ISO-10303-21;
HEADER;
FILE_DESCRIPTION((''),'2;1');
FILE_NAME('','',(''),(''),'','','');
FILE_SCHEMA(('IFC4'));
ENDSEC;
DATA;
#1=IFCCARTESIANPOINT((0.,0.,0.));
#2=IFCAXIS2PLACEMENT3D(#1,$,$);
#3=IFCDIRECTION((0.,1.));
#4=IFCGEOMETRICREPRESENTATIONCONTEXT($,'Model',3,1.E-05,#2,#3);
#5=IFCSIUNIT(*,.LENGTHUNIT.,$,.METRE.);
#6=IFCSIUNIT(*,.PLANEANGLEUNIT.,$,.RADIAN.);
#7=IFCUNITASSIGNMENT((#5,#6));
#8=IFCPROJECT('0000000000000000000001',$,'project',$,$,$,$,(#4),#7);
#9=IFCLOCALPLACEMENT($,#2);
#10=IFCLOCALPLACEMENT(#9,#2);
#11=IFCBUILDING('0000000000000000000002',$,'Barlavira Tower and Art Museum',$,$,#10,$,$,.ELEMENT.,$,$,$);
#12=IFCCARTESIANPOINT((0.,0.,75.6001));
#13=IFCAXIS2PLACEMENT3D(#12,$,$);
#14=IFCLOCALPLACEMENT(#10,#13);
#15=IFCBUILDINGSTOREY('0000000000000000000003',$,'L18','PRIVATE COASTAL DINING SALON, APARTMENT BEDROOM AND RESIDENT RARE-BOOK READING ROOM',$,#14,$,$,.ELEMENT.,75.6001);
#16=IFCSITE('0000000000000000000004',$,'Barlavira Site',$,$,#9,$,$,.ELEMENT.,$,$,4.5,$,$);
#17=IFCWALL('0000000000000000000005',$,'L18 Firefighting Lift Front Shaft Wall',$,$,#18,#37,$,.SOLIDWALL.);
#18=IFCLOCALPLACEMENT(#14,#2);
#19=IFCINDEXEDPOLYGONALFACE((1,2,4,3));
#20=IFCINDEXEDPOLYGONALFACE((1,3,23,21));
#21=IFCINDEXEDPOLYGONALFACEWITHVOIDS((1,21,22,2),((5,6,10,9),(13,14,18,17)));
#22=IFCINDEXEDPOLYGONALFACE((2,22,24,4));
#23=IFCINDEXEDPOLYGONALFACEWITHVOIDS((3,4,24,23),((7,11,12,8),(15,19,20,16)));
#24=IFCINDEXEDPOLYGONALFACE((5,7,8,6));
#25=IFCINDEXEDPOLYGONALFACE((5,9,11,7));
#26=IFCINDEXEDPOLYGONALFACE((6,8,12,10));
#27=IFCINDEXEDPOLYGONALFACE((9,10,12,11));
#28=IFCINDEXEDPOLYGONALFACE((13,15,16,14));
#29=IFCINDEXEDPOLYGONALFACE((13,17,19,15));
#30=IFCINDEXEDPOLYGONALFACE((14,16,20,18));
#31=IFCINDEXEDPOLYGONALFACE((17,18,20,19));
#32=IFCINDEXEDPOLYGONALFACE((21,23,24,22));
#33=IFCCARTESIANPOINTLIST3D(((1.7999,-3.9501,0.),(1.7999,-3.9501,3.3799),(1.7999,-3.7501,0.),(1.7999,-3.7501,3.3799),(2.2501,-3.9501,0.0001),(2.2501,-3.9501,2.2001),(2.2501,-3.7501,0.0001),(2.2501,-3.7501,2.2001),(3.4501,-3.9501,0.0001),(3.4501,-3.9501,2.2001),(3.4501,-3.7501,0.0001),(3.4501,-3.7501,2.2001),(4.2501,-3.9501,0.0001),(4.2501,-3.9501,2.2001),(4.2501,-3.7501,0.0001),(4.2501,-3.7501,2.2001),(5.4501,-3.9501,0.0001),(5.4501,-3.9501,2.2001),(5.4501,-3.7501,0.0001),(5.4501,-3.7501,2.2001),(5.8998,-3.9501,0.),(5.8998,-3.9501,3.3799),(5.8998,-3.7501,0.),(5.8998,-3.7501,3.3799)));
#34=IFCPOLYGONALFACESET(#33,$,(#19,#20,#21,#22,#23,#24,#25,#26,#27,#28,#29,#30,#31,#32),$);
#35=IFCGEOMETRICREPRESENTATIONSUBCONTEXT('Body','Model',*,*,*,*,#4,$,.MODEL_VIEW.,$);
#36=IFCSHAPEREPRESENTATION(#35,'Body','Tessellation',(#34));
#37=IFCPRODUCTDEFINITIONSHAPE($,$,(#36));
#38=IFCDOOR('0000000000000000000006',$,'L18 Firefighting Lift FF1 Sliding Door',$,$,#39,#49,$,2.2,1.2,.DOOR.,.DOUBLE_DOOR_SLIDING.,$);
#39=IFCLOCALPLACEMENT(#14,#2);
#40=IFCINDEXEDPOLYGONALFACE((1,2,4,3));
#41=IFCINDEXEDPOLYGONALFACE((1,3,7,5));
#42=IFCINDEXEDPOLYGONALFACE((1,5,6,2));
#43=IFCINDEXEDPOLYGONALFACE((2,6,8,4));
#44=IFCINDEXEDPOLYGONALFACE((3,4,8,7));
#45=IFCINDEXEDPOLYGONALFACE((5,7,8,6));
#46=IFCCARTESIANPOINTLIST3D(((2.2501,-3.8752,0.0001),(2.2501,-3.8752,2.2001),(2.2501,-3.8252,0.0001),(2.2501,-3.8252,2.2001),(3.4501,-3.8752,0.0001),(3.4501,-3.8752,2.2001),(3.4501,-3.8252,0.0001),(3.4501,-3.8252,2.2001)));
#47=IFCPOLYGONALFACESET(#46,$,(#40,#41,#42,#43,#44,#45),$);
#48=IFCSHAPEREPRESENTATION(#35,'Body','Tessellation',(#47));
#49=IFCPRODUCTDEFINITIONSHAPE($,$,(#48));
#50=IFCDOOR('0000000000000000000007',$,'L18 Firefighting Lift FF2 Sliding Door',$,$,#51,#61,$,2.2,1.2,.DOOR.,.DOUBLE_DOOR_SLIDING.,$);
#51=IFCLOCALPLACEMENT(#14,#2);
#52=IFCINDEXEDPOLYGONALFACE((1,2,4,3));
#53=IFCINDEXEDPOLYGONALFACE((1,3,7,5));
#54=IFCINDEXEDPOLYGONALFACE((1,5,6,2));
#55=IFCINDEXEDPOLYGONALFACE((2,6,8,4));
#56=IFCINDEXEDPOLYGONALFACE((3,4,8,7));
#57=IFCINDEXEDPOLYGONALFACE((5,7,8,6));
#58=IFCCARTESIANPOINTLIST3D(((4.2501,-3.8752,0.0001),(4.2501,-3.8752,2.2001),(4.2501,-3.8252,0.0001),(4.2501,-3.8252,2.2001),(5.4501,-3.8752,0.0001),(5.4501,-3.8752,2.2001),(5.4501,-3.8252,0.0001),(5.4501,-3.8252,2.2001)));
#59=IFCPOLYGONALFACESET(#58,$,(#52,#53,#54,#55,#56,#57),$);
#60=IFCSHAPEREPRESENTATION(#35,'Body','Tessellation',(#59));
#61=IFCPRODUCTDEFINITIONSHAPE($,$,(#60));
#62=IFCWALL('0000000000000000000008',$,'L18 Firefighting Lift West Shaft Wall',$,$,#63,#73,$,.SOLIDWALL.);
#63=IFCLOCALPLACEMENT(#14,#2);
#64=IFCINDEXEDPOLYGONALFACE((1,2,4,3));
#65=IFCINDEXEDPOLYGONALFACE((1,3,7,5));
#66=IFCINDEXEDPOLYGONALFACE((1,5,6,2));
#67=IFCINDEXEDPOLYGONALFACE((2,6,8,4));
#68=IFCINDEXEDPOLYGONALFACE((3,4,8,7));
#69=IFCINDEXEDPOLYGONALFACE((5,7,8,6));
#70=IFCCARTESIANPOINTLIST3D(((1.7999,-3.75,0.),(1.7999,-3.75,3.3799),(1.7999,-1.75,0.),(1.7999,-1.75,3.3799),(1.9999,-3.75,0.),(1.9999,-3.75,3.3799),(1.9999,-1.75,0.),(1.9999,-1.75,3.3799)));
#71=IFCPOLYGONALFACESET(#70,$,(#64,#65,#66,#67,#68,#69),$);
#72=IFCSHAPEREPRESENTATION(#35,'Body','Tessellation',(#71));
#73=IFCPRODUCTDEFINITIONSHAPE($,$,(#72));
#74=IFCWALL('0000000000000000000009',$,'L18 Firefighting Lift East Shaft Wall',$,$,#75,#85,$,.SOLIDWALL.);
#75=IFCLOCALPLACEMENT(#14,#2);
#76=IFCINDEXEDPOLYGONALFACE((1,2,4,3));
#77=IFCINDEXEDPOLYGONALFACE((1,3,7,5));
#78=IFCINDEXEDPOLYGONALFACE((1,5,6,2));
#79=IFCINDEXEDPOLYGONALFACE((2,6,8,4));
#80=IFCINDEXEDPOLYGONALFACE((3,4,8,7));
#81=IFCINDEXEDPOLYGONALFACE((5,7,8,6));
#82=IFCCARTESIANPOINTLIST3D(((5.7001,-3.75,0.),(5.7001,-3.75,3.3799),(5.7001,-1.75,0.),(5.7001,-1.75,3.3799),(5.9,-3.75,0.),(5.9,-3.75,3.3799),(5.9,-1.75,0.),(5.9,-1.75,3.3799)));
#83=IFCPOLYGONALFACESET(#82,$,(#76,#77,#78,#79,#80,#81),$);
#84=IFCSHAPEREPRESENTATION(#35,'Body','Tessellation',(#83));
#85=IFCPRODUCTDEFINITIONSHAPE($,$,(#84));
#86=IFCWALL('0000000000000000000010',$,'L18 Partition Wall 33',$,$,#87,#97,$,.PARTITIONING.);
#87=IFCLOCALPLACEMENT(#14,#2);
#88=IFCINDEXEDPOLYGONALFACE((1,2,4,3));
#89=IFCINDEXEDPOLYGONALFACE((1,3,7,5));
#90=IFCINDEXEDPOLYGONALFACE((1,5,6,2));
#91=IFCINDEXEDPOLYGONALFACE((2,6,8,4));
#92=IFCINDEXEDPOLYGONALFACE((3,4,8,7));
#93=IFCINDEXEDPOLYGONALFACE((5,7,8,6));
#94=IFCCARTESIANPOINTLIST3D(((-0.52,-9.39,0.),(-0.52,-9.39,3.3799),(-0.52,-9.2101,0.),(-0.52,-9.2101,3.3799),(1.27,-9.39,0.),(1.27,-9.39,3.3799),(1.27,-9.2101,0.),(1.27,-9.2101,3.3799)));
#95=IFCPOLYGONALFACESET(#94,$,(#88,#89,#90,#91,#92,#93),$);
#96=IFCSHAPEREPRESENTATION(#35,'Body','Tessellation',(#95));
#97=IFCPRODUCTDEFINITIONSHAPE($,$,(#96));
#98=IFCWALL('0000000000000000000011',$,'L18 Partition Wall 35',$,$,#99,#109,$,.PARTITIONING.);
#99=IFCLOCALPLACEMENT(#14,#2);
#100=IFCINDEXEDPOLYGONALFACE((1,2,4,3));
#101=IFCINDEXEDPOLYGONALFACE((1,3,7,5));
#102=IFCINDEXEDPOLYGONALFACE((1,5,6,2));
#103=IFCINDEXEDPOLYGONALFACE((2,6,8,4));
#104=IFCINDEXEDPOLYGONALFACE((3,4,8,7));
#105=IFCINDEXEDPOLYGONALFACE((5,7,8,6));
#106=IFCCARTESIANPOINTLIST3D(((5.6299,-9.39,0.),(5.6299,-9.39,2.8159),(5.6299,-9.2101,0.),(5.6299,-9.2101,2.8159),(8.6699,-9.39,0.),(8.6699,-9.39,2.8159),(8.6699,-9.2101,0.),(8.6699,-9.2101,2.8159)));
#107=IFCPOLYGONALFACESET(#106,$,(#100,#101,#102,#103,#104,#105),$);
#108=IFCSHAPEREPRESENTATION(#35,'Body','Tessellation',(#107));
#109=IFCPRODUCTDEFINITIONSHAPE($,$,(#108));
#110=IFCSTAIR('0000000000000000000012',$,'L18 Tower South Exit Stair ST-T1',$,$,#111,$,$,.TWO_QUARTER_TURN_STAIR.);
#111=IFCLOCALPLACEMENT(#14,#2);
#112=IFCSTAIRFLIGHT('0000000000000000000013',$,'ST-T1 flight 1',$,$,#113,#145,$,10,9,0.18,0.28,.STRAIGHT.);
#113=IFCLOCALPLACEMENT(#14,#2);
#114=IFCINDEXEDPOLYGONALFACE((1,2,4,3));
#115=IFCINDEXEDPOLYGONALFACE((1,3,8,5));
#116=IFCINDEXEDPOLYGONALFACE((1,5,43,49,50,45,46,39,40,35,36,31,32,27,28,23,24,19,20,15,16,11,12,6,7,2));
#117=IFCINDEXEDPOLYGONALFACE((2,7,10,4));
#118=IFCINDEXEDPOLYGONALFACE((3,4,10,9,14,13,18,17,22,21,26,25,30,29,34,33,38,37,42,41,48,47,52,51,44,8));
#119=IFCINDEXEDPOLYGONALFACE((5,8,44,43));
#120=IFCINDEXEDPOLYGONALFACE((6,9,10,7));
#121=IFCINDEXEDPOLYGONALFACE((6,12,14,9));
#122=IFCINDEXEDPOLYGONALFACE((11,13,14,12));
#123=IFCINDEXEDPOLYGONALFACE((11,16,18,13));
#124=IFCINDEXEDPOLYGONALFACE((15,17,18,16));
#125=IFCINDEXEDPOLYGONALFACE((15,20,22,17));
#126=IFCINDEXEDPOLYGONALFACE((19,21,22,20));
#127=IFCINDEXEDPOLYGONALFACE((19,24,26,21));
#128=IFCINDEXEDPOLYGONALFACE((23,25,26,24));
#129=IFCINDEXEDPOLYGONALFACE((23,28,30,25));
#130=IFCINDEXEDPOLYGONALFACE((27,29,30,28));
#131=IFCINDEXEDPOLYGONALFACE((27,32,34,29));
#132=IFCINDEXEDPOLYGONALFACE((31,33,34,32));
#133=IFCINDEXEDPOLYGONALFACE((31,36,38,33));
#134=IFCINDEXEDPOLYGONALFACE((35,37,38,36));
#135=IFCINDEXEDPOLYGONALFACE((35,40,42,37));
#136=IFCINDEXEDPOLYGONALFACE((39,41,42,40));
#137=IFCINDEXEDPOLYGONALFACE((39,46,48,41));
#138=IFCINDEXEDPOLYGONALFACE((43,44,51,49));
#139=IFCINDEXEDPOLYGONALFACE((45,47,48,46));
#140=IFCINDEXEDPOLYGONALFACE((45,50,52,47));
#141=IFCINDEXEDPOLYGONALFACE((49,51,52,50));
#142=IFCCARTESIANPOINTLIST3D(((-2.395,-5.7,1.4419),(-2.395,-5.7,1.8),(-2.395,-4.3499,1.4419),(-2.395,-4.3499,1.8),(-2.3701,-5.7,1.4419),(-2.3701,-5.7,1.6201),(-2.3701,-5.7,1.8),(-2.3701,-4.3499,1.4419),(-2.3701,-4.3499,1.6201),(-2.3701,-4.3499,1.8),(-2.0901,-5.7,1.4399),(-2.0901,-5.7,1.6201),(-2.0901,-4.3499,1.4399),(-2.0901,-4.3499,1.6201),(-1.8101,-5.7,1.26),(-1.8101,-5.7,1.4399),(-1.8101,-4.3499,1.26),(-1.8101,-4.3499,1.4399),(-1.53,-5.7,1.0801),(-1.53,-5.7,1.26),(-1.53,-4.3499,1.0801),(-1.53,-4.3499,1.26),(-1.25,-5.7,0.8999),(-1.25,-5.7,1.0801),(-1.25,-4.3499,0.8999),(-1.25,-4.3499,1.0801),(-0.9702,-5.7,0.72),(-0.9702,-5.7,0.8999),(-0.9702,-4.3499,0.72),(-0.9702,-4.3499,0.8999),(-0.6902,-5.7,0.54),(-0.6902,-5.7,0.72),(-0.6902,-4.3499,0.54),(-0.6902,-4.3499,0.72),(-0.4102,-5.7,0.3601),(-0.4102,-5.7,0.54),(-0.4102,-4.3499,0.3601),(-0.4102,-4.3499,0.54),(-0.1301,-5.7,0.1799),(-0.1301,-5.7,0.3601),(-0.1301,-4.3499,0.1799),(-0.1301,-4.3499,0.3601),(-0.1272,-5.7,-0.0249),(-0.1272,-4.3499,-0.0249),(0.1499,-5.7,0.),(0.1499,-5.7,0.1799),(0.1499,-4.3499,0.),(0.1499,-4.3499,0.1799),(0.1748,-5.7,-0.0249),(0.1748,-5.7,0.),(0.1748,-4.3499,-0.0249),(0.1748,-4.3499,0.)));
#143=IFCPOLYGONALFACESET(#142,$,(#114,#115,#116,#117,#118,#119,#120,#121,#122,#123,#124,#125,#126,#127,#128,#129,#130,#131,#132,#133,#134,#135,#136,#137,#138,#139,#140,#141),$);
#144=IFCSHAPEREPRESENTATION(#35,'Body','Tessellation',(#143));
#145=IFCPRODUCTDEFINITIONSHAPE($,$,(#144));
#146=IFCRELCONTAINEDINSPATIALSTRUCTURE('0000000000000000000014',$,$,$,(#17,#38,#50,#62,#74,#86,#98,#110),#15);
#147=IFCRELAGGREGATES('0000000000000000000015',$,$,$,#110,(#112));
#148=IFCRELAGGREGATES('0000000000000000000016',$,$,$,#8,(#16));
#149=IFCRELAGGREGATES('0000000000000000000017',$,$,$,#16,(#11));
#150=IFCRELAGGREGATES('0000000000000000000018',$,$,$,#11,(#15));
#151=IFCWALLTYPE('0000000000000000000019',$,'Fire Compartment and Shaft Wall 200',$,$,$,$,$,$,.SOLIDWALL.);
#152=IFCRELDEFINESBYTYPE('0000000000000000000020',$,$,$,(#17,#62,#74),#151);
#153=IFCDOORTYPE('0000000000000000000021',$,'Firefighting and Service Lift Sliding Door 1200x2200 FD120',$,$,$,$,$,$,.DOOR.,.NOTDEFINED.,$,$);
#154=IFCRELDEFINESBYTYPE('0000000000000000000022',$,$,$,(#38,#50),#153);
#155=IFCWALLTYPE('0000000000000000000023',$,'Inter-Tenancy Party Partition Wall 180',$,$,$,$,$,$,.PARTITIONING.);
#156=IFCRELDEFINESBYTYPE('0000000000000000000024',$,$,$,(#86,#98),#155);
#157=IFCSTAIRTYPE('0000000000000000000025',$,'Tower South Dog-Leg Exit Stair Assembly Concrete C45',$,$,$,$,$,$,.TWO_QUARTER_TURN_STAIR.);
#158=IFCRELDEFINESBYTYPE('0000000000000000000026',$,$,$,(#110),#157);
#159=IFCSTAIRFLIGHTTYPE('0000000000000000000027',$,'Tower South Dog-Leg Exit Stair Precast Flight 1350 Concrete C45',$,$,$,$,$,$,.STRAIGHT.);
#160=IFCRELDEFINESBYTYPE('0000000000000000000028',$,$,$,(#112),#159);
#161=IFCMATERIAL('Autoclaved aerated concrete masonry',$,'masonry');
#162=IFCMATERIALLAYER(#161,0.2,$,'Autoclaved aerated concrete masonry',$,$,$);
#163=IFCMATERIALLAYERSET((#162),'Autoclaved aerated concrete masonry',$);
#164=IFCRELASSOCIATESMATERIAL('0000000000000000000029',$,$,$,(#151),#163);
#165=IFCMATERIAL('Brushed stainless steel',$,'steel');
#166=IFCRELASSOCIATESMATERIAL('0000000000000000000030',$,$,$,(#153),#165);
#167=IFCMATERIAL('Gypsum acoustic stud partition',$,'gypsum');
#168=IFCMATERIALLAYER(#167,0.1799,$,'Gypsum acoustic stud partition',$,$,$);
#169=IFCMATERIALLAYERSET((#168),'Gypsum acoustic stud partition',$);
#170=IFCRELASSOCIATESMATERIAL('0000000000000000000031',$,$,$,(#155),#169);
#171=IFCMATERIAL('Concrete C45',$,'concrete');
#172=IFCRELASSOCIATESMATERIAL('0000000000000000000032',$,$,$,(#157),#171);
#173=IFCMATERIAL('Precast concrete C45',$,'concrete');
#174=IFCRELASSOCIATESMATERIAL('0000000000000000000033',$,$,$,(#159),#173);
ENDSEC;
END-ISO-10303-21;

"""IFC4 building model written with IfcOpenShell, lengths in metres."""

from ifc_helpers import new_model, si_unit, direction, frame, frame_2d, origin, place, context, subcontext, project, spatial, polyline, rectangle, outline, extrude, material, layer, layer_set, type_object, element, fill, aggregate, save


model = new_model("IFC4")

# Units and contexts
model_context = context("Model", 3, precision=1e-05, world=origin(), true_north=direction((0.0, 1.0)))
body_context = subcontext(model_context, "Body", "Model", "MODEL_VIEW")
ifc_project = project(units=[si_unit("LENGTHUNIT", "METRE"), si_unit("PLANEANGLEUNIT", "RADIAN")], contexts=[model_context])

# Site, building, storey
site_placement = place(None, origin())
site = spatial("IfcSite", under=ifc_project, at=site_placement, Name="Barlavira Site", CompositionType="ELEMENT", RefElevation=4.5)
building_placement = place(site_placement, origin())
building = spatial("IfcBuilding", under=site, at=building_placement, Name="Barlavira Tower and Art Museum", CompositionType="ELEMENT")
storey_placement = place(building_placement, frame((0.0, 0.0, 75.6001)))
storey = spatial("IfcBuildingStorey", under=building, at=storey_placement, Name="L18", Description="PRIVATE COASTAL DINING SALON, APARTMENT BEDROOM AND RESIDENT RARE-BOOK READING ROOM", CompositionType="ELEMENT", Elevation=75.6001)

# Shared definitions
ifc_material_1 = material(Name="Brushed stainless steel", Category="steel")

# Wall, openings, doors
ifc_material_2 = material(Name="Autoclaved aerated concrete masonry", Category="masonry")
ifc_layer_1 = layer(ifc_material_2, 0.2, Name="Autoclaved aerated concrete masonry")
ifc_layer_set_1 = layer_set([ifc_layer_1], Name="Autoclaved aerated concrete masonry")
wall_type_1 = type_object("IfcWallType", Name="Fire Compartment and Shaft Wall 200", PredefinedType="SOLIDWALL", material=ifc_layer_set_1)
wall_1_placement = place(storey_placement, frame((1.8, -3.8501, 0.0), z_axis=(0.0, 0.0, 1.0), x_axis=(1.0, 0.0, 0.0)))
wall_1 = element("IfcWall", 1, at=wall_1_placement, inside=storey, type_object=wall_type_1, Name="L18 Firefighting Lift Front Shaft Wall", PredefinedType="SOLIDWALL", context=body_context, shape_type="SweptSolid", body=[
    extrude(rectangle(XDim=4.0999, YDim=0.2, at=frame_2d((2.0498, 0.0))), origin(), (0.0, 0.0, 1.0), 3.3799),
])
opening_1_placement = place(wall_1_placement, frame((0.45, 0.0, 0.0)))
opening_1 = element("IfcOpeningElement", 2, at=opening_1_placement, cuts=wall_1, PredefinedType="OPENING", context=body_context, shape_type="SweptSolid", body=[
    extrude(rectangle(XDim=1.2, YDim=2.2, at=frame_2d((0.6001, 1.1001))), frame((0.0, 0.1099, 0.0), z_axis=(0.0, -1.0, 0.0), x_axis=(1.0, 0.0, 0.0)), (0.0, 0.0, 1.0), 0.22),
])
opening_2_placement = place(wall_1_placement, frame((2.45, 0.0, 0.0)))
opening_2 = element("IfcOpeningElement", 3, at=opening_2_placement, cuts=wall_1, PredefinedType="OPENING", context=body_context, shape_type="SweptSolid", body=[
    extrude(rectangle(XDim=1.2, YDim=2.2, at=frame_2d((0.6001, 1.1001))), frame((0.0, 0.1099, 0.0), z_axis=(0.0, -1.0, 0.0), x_axis=(1.0, 0.0, 0.0)), (0.0, 0.0, 1.0), 0.22),
])
door_type_1 = type_object("IfcDoorType", Name="Firefighting and Service Lift Sliding Door 1200x2200 FD120", OperationType="NOTDEFINED", PredefinedType="DOOR", material=ifc_material_1)
door_1_placement = place(opening_1_placement, origin())
door_1 = element("IfcDoor", 4, at=door_1_placement, inside=storey, type_object=door_type_1, Name="L18 Firefighting Lift FF1 Sliding Door", OperationType="DOUBLE_DOOR_SLIDING", OverallHeight=2.2, OverallWidth=1.2, PredefinedType="DOOR", context=body_context, shape_type="SweptSolid", body=[
    extrude(rectangle(XDim=1.2, YDim=2.2, at=frame_2d((0.6001, 1.1001))), frame((0.0, 0.0249, 0.0), z_axis=(0.0, -1.0, 0.0), x_axis=(1.0, 0.0, 0.0)), (0.0, 0.0, 1.0), 0.05),
])
fill(opening_1, door_1)
door_2_placement = place(opening_2_placement, origin())
door_2 = element("IfcDoor", 5, at=door_2_placement, inside=storey, type_object=door_type_1, Name="L18 Firefighting Lift FF2 Sliding Door", OperationType="DOUBLE_DOOR_SLIDING", OverallHeight=2.2, OverallWidth=1.2, PredefinedType="DOOR", context=body_context, shape_type="SweptSolid", body=[
    extrude(rectangle(XDim=1.2, YDim=2.2, at=frame_2d((0.6001, 1.1001))), frame((0.0, 0.0249, 0.0), z_axis=(0.0, -1.0, 0.0), x_axis=(1.0, 0.0, 0.0)), (0.0, 0.0, 1.0), 0.05),
])
fill(opening_2, door_2)

# Walls
for number, where, z_axis, x_axis, name in (
    (6, (1.8999, -3.75, 0.0), (0.0, 0.0, 1.0), (0.0, 1.0, 0.0), "L18 Firefighting Lift West Shaft Wall"),
    (7, (5.8, -3.75, 0.0), (0.0, 0.0, 1.0), (0.0, 1.0, 0.0), "L18 Firefighting Lift East Shaft Wall"),
):
    element("IfcWall", number, at=place(storey_placement, frame(where, z_axis=z_axis, x_axis=x_axis)), inside=storey, type_object=wall_type_1, Name=name, PredefinedType="SOLIDWALL", context=body_context, shape_type="SweptSolid", body=[
        extrude(rectangle(XDim=2.0, YDim=0.2, at=frame_2d((1.0, 0.0))), origin(), (0.0, 0.0, 1.0), 3.3799),
    ])
ifc_material_3 = material(Name="Gypsum acoustic stud partition", Category="gypsum")
ifc_layer_2 = layer(ifc_material_3, 0.1799, Name="Gypsum acoustic stud partition")
ifc_layer_set_2 = layer_set([ifc_layer_2], Name="Gypsum acoustic stud partition")
wall_type_2 = type_object("IfcWallType", Name="Inter-Tenancy Party Partition Wall 180", PredefinedType="PARTITIONING", material=ifc_layer_set_2)
wall_2_placement = place(storey_placement, frame((-0.52, -9.3, 0.0), z_axis=(0.0, 0.0, 1.0), x_axis=(1.0, 0.0, 0.0)))
element("IfcWall", 8, at=wall_2_placement, inside=storey, type_object=wall_type_2, Name="L18 Partition Wall 33", PredefinedType="PARTITIONING", context=body_context, shape_type="SweptSolid", body=[
    extrude(rectangle(XDim=1.79, YDim=0.1799, at=frame_2d((0.895, 0.0))), origin(), (0.0, 0.0, 1.0), 3.3799),
])

# Wall
wall_3_placement = place(storey_placement, frame((5.6299, -9.3, 0.0), z_axis=(0.0, 0.0, 1.0), x_axis=(1.0, 0.0, 0.0)))
element("IfcWall", 9, at=wall_3_placement, inside=storey, type_object=wall_type_2, Name="L18 Partition Wall 35", PredefinedType="PARTITIONING", context=body_context, shape_type="SweptSolid", body=[
    extrude(rectangle(XDim=3.04, YDim=0.1799, at=frame_2d((1.52, 0.0))), origin(), (0.0, 0.0, 1.0), 2.8159),
])

# Stair, stair flight
ifc_material_4 = material(Name="Concrete C45", Category="concrete")
stair_type = type_object("IfcStairType", Name="Tower South Dog-Leg Exit Stair Assembly Concrete C45", PredefinedType="TWO_QUARTER_TURN_STAIR", material=ifc_material_4)
stair_placement = place(storey_placement, origin())
stair = element("IfcStair", 10, at=stair_placement, inside=storey, type_object=stair_type, Name="L18 Tower South Exit Stair ST-T1", PredefinedType="TWO_QUARTER_TURN_STAIR")
ifc_material_5 = material(Name="Precast concrete C45", Category="concrete")
stair_flight_type = type_object("IfcStairFlightType", Name="Tower South Dog-Leg Exit Stair Precast Flight 1350 Concrete C45", PredefinedType="STRAIGHT", material=ifc_material_5)
stair_flight_placement = place(storey_placement, frame((0.1499, -5.0249, 0.0), z_axis=(0.0, 0.0, 1.0), x_axis=(-1.0, 0.0, 0.0)))
stair_flight = element("IfcStairFlight", 11, at=stair_flight_placement, type_object=stair_flight_type, Name="ST-T1 flight 1", NumberOfRisers=10, NumberOfTreads=9, PredefinedType="STRAIGHT", RiserHeight=0.18, TreadLength=0.28, context=body_context, shape_type="SweptSolid", body=[
    extrude(outline(polyline([(-0.0249, 0.0), (0.0, 0.0), (0.0, 0.1799), (0.28, 0.1799), (0.28, 0.3601), (0.5601, 0.3601), (0.5601, 0.54), (0.8401, 0.54), (0.8401, 0.72), (1.1201, 0.72), (1.1201, 0.8999), (1.3999, 0.8999), (1.3999, 1.0801), (1.6799, 1.0801), (1.6799, 1.26), (1.96, 1.26), (1.96, 1.4399), (2.24, 1.4399), (2.24, 1.6201), (2.52, 1.6201), (2.52, 1.8), (2.5449, 1.8), (2.5449, 1.4419), (2.52, 1.4419), (0.2771, -0.0249), (-0.0249, -0.0249), (-0.0249, 0.0)])), frame((0.0, 0.675, 0.0), z_axis=(0.0, -1.0, 0.0), x_axis=(1.0, 0.0, 0.0)), (0.0, 0.0, 1.0), 1.3501),
])
aggregate(stair, [stair_flight])

save(model, "model.ifc")
